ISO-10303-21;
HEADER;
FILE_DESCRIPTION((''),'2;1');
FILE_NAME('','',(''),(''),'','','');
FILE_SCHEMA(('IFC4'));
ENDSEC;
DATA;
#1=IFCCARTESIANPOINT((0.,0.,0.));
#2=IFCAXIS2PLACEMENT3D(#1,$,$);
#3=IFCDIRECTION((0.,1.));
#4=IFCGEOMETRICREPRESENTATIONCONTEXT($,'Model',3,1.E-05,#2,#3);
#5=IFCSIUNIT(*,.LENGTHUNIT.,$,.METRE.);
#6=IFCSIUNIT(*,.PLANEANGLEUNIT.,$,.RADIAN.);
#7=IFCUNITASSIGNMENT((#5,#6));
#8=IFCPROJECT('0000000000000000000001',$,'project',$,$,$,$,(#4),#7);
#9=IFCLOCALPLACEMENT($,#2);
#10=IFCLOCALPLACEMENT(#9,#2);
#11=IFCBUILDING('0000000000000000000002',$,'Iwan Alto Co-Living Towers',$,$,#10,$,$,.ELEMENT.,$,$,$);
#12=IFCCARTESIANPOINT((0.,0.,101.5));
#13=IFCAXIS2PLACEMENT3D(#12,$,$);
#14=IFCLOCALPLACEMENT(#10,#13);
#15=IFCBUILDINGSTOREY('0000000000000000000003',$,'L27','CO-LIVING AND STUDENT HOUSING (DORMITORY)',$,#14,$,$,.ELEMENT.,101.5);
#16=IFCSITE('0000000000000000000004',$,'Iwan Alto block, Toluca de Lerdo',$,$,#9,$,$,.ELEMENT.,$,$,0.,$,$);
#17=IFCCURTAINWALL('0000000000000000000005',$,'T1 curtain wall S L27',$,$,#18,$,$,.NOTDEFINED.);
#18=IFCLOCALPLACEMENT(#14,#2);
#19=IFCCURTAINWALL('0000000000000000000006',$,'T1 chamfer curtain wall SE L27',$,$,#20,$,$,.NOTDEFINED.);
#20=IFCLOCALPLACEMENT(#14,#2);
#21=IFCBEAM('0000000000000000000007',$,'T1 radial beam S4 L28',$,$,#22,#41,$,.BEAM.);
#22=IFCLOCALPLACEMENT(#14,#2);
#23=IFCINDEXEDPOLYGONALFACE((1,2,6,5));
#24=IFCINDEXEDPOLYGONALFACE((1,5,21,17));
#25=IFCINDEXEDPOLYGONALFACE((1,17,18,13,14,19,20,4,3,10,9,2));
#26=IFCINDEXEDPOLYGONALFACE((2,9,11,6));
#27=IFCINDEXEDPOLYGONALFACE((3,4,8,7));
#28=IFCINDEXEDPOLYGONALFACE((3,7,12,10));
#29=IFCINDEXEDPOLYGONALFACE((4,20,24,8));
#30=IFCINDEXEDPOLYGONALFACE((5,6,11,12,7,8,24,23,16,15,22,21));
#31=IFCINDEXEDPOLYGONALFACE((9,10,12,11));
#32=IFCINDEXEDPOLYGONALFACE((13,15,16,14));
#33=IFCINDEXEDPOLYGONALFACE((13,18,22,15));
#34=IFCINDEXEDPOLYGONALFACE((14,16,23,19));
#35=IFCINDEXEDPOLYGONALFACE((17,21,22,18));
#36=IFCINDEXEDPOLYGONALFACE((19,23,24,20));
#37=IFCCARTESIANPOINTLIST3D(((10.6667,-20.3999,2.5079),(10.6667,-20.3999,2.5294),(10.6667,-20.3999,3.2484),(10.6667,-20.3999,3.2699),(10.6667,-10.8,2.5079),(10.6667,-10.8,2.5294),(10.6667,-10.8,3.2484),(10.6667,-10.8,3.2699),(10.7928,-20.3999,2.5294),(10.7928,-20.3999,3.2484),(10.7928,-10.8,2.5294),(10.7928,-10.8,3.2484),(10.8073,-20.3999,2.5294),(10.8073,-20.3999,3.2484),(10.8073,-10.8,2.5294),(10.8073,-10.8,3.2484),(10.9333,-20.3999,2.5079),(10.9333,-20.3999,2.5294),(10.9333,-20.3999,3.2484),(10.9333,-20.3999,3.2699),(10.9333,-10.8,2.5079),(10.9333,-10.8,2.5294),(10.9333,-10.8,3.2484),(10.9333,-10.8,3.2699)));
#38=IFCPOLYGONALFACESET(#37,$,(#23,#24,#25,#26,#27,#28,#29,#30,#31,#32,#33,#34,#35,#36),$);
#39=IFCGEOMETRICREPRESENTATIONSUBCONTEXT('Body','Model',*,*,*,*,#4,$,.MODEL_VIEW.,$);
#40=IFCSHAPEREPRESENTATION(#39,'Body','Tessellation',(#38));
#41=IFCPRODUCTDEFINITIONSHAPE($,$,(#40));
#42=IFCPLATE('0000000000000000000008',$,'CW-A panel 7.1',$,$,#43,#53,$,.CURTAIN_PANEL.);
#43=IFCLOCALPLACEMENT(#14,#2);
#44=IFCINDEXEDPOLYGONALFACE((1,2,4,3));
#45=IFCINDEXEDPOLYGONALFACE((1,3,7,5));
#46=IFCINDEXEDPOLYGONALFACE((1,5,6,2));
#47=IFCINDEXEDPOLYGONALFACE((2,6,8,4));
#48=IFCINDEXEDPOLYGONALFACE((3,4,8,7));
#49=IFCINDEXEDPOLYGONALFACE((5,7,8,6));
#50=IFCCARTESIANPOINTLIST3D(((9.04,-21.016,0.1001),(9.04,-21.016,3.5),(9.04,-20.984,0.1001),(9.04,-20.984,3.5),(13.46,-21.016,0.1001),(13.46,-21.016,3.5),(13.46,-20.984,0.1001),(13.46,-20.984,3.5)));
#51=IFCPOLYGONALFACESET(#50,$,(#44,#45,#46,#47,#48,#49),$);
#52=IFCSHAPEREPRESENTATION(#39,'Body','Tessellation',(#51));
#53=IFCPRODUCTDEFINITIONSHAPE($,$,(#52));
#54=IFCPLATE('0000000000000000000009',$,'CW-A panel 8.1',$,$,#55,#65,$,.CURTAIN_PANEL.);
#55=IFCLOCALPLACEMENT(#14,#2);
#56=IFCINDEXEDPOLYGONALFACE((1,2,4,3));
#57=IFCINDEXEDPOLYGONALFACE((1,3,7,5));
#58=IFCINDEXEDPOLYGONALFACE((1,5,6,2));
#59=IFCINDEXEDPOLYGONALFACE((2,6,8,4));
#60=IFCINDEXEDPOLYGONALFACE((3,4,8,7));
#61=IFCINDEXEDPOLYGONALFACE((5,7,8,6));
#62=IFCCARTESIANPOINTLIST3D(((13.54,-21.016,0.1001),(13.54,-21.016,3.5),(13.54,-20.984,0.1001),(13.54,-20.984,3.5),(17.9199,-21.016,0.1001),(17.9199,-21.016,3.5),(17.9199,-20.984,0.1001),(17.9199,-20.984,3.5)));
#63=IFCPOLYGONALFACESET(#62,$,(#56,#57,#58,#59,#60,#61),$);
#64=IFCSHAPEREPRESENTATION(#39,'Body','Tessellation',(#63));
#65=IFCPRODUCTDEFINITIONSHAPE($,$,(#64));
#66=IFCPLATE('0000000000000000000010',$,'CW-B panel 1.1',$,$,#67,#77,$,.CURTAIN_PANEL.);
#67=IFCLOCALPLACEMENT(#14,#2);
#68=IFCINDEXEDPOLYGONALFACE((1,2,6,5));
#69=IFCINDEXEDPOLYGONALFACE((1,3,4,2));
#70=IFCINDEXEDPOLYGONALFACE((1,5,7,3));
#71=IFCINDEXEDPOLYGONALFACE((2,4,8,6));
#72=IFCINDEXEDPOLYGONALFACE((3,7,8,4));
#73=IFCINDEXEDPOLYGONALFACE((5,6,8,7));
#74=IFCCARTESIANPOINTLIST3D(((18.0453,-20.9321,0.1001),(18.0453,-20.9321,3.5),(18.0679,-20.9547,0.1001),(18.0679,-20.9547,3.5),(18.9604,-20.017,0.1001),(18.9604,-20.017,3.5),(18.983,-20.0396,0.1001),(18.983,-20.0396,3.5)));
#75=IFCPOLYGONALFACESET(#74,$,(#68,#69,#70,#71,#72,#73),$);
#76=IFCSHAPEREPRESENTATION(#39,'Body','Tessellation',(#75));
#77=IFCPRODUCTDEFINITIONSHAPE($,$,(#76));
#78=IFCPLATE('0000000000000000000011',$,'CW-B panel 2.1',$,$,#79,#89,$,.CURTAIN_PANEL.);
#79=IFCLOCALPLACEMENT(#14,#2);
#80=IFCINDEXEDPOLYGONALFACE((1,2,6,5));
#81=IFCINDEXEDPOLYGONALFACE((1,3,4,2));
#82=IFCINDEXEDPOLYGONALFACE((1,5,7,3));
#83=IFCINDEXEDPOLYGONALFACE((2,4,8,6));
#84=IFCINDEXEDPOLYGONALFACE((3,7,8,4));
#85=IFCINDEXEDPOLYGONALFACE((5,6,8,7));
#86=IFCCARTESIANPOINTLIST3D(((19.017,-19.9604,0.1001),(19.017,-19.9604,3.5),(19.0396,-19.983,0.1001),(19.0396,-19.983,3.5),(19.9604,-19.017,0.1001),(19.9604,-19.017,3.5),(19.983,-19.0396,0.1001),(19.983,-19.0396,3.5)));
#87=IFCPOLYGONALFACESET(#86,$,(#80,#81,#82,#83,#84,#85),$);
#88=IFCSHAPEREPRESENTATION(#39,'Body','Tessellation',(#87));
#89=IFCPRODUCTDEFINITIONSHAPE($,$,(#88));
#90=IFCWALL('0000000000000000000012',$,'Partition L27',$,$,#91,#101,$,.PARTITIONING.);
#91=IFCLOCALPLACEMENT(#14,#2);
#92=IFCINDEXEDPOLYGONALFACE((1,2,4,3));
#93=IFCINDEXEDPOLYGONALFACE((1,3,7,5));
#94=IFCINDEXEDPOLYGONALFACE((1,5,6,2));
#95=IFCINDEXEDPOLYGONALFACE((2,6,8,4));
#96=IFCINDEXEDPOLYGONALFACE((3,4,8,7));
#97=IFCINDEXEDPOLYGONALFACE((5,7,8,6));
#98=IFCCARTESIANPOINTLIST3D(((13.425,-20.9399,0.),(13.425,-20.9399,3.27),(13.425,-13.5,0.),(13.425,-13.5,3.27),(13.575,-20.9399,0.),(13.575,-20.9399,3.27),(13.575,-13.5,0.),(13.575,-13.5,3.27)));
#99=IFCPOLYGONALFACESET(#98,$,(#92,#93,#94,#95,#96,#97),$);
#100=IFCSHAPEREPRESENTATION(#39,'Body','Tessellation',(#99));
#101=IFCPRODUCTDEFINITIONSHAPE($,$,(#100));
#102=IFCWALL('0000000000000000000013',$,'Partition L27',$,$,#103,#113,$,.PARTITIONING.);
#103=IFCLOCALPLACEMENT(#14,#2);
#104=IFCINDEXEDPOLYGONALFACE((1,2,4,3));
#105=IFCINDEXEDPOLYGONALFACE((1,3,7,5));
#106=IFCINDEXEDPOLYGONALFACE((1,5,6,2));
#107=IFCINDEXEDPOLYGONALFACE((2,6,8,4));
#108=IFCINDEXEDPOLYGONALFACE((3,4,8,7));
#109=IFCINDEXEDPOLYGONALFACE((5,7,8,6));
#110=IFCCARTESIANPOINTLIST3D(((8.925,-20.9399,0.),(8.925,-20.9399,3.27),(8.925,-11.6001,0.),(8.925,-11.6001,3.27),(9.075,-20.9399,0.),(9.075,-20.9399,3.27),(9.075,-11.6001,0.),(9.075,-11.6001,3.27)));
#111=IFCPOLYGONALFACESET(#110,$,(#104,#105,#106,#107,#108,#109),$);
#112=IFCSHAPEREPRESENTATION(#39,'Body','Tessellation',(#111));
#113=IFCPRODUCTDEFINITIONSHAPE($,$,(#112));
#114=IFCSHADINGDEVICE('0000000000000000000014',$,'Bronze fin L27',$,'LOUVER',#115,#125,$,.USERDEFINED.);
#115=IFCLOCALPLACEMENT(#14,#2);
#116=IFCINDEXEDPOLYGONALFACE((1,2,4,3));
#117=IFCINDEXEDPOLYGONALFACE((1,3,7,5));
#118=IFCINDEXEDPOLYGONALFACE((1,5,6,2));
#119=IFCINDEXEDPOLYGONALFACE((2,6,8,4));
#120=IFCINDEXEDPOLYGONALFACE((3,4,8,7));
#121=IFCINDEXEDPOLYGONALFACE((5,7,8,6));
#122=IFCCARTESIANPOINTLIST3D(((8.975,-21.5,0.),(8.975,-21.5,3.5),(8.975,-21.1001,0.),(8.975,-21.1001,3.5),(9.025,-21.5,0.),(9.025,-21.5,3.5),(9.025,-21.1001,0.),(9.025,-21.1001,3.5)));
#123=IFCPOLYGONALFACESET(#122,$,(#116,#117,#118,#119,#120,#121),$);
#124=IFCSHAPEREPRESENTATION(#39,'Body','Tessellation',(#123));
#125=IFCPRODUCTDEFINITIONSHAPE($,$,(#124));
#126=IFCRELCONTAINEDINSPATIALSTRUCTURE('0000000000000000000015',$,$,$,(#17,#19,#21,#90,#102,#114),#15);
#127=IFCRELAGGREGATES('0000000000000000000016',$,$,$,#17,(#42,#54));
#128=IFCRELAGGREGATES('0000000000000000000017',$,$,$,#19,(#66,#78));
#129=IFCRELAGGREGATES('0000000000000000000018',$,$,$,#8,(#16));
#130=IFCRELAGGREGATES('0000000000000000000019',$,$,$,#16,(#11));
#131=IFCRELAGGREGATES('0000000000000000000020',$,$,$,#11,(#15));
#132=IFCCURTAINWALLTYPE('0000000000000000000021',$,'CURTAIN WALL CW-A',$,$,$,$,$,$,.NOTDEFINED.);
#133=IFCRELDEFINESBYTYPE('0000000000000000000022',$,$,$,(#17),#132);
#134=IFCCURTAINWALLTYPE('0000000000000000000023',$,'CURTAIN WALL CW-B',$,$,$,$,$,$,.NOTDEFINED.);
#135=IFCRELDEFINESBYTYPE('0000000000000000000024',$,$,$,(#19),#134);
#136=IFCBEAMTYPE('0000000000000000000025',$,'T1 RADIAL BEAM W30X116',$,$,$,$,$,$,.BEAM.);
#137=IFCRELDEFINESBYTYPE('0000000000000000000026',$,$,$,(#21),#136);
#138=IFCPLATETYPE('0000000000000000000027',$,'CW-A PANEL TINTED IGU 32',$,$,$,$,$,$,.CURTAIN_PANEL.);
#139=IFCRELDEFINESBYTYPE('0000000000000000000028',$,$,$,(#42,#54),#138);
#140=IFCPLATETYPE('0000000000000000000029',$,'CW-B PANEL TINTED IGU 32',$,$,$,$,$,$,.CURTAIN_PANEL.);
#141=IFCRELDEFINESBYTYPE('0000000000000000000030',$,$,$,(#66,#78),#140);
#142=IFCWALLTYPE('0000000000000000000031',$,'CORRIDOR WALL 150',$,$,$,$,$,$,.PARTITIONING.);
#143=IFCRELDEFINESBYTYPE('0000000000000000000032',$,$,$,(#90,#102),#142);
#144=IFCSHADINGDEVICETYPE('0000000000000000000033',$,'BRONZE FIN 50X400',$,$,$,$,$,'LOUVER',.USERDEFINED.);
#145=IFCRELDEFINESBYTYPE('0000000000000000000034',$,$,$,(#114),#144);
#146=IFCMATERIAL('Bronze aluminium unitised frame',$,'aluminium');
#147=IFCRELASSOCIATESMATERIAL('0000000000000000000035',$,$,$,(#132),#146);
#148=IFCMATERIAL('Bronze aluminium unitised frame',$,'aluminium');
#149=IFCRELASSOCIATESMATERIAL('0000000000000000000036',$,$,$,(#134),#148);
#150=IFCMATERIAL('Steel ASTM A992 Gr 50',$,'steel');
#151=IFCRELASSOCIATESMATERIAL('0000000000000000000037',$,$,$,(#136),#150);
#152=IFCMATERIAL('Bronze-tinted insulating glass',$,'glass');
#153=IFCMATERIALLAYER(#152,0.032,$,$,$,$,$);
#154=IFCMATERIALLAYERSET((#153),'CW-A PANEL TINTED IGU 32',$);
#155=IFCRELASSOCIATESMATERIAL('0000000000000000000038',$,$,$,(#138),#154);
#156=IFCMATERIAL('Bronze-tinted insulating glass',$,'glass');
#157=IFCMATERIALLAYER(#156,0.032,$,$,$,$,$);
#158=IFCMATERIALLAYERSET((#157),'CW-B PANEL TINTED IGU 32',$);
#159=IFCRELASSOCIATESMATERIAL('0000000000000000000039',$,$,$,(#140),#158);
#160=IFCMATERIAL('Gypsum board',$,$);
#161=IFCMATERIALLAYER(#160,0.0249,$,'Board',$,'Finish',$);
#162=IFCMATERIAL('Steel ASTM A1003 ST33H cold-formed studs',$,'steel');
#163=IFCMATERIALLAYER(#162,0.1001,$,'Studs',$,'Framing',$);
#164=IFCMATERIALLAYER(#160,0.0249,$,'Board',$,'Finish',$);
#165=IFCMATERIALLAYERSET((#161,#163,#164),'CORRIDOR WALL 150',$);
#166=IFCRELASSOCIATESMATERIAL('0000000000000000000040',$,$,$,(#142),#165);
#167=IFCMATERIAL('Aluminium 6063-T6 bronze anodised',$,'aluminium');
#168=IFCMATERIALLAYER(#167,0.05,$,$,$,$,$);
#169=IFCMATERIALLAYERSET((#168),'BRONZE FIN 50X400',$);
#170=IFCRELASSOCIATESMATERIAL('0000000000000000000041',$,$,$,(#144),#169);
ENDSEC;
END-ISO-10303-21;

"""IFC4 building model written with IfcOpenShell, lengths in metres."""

from ifc_helpers import new_model, si_unit, direction, frame, frame_2d, origin, origin_2d, place, context, subcontext, project, spatial, rectangle, i_section, extrude, material, layer, layer_set, material_profile, profile_set, type_object, element, aggregate, save


model = new_model("IFC4")

# Units and contexts
model_context = context("Model", 3, precision=1e-05, world=origin(), true_north=direction((0.0, 1.0)))
body_context = subcontext(model_context, "Body", "Model", "MODEL_VIEW")
ifc_project = project(units=[si_unit("LENGTHUNIT", "METRE"), si_unit("PLANEANGLEUNIT", "RADIAN")], contexts=[model_context])

# Site, building, storey
site_placement = place(None, origin())
site = spatial("IfcSite", under=ifc_project, at=site_placement, Name="Iwan Alto block, Toluca de Lerdo", CompositionType="ELEMENT", RefElevation=0.0)
building_placement = place(site_placement, origin())
building = spatial("IfcBuilding", under=site, at=building_placement, Name="Iwan Alto Co-Living Towers", CompositionType="ELEMENT")
storey_placement = place(building_placement, frame((0.0, 0.0, 101.5)))
storey = spatial("IfcBuildingStorey", under=building, at=storey_placement, Name="L27", Description="CO-LIVING AND STUDENT HOUSING (DORMITORY)", CompositionType="ELEMENT", Elevation=101.5)

# Curtain walls
ifc_material_1 = material(Name="Bronze aluminium unitised frame", Category="aluminium")
curtain_wall_type_1 = type_object("IfcCurtainWallType", Name="CURTAIN WALL CW-A", PredefinedType="NOTDEFINED", material=ifc_material_1)
curtain_wall_1_placement = place(storey_placement, origin())
curtain_wall_1 = element("IfcCurtainWall", 1, at=curtain_wall_1_placement, inside=storey, type_object=curtain_wall_type_1, Name="T1 curtain wall S L27", PredefinedType="NOTDEFINED")
ifc_material_2 = material(Name="Bronze aluminium unitised frame", Category="aluminium")
curtain_wall_type_2 = type_object("IfcCurtainWallType", Name="CURTAIN WALL CW-B", PredefinedType="NOTDEFINED", material=ifc_material_2)
curtain_wall_2_placement = place(storey_placement, origin())
curtain_wall_2 = element("IfcCurtainWall", 2, at=curtain_wall_2_placement, inside=storey, type_object=curtain_wall_type_2, Name="T1 chamfer curtain wall SE L27", PredefinedType="NOTDEFINED")

# Beam
ifc_material_3 = material(Name="Steel ASTM A992 Gr 50", Category="steel")
ifc_material_profile_1 = material_profile(ifc_material_3, i_section(OverallWidth=0.2666, OverallDepth=0.762, WebThickness=0.0144, FlangeThickness=0.0215, at=origin_2d()), Name="W30X116")
ifc_profile_set_1 = profile_set([ifc_material_profile_1], Name="Steel ASTM A992 Gr 50")
beam_type_1 = type_object("IfcBeamType", Name="T1 RADIAL BEAM W30X116", PredefinedType="BEAM", material=ifc_profile_set_1)
beam_1_placement = place(storey_placement, frame((10.8, -20.3999, 2.8889), z_axis=(0.0, 1.0, 0.0), x_axis=(-1.0, 0.0, 0.0)))
element("IfcBeam", 3, at=beam_1_placement, inside=storey, type_object=beam_type_1, Name="T1 radial beam S4 L28", PredefinedType="BEAM", context=body_context, shape_type="SweptSolid", body=[
    extrude(i_section(OverallWidth=0.2666, OverallDepth=0.762, WebThickness=0.0144, FlangeThickness=0.0215, at=origin_2d()), origin(), (0.0, 0.0, 1.0), 9.5999),
])

# Plates
ifc_material_4 = material(Name="Bronze-tinted insulating glass", Category="glass")
ifc_layer_1 = layer(ifc_material_4, 0.032)
ifc_layer_set_1 = layer_set([ifc_layer_1], Name="CW-A PANEL TINTED IGU 32")
plate_type_1 = type_object("IfcPlateType", Name="CW-A PANEL TINTED IGU 32", PredefinedType="CURTAIN_PANEL", material=ifc_layer_set_1)
plate_1_placement = place(storey_placement, frame((11.25, -21.0, 0.1001), z_axis=(0.0, 0.0, 1.0), x_axis=(1.0, 0.0, 0.0)))
plate_1 = element("IfcPlate", 4, at=plate_1_placement, type_object=plate_type_1, Name="CW-A panel 7.1", PredefinedType="CURTAIN_PANEL", context=body_context, shape_type="SweptSolid", body=[
    extrude(rectangle(XDim=4.4199, YDim=0.032, at=origin_2d()), origin(), (0.0, 0.0, 1.0), 3.3999),
])
plate_2_placement = place(storey_placement, frame((15.73, -21.0, 0.1001), z_axis=(0.0, 0.0, 1.0), x_axis=(1.0, 0.0, 0.0)))
plate_2 = element("IfcPlate", 5, at=plate_2_placement, type_object=plate_type_1, Name="CW-A panel 8.1", PredefinedType="CURTAIN_PANEL", context=body_context, shape_type="SweptSolid", body=[
    extrude(rectangle(XDim=4.3799, YDim=0.032, at=origin_2d()), origin(), (0.0, 0.0, 1.0), 3.3999),
])
aggregate(curtain_wall_1, [plate_1, plate_2])
ifc_material_5 = material(Name="Bronze-tinted insulating glass", Category="glass")
ifc_layer_2 = layer(ifc_material_5, 0.032)
ifc_layer_set_2 = layer_set([ifc_layer_2], Name="CW-B PANEL TINTED IGU 32")
plate_type_2 = type_object("IfcPlateType", Name="CW-B PANEL TINTED IGU 32", PredefinedType="CURTAIN_PANEL", material=ifc_layer_set_2)
plate_3_placement = place(storey_placement, frame((18.5142, -20.4858, 0.1001), z_axis=(0.0, 0.0, 1.0), x_axis=(0.707107, 0.707107, 0.0)))
plate_3 = element("IfcPlate", 6, at=plate_3_placement, type_object=plate_type_2, Name="CW-B panel 1.1", PredefinedType="CURTAIN_PANEL", context=body_context, shape_type="SweptSolid", body=[
    extrude(rectangle(XDim=1.2942, YDim=0.032, at=origin_2d()), origin(), (0.0, 0.0, 1.0), 3.3999),
])
plate_4_placement = place(storey_placement, frame((19.5, -19.5, 0.1001), z_axis=(0.0, 0.0, 1.0), x_axis=(0.707107, 0.707107, 0.0)))
plate_4 = element("IfcPlate", 7, at=plate_4_placement, type_object=plate_type_2, Name="CW-B panel 2.1", PredefinedType="CURTAIN_PANEL", context=body_context, shape_type="SweptSolid", body=[
    extrude(rectangle(XDim=1.3342, YDim=0.032, at=origin_2d()), origin(), (0.0, 0.0, 1.0), 3.3999),
])
aggregate(curtain_wall_2, [plate_3, plate_4])

# Walls
ifc_material_6 = material(Name="Gypsum board")
ifc_layer_3 = layer(ifc_material_6, 0.0249, Name="Board", Category="Finish")
ifc_material_7 = material(Name="Steel ASTM A1003 ST33H cold-formed studs", Category="steel")
ifc_layer_4 = layer(ifc_material_7, 0.1001, Name="Studs", Category="Framing")
ifc_layer_5 = layer(ifc_material_6, 0.0249, Name="Board", Category="Finish")
ifc_layer_set_3 = layer_set([ifc_layer_3, ifc_layer_4, ifc_layer_5], Name="CORRIDOR WALL 150")
wall_type = type_object("IfcWallType", Name="CORRIDOR WALL 150", PredefinedType="PARTITIONING", material=ifc_layer_set_3)
wall_1_placement = place(storey_placement, frame((13.5, -20.9399, 0.0), z_axis=(0.0, 0.0, 1.0), x_axis=(0.0, 1.0, 0.0)))
element("IfcWall", 8, at=wall_1_placement, inside=storey, type_object=wall_type, Name="Partition L27", PredefinedType="PARTITIONING", context=body_context, shape_type="SweptSolid", body=[
    extrude(rectangle(XDim=7.4399, YDim=0.1499, at=frame_2d((3.72, 0.0))), origin(), (0.0, 0.0, 1.0), 3.27),
])
wall_2_placement = place(storey_placement, frame((9.0, -20.9399, 0.0), z_axis=(0.0, 0.0, 1.0), x_axis=(0.0, 1.0, 0.0)))
element("IfcWall", 9, at=wall_2_placement, inside=storey, type_object=wall_type, Name="Partition L27", PredefinedType="PARTITIONING", context=body_context, shape_type="SweptSolid", body=[
    extrude(rectangle(XDim=9.3398, YDim=0.1499, at=frame_2d((4.6699, 0.0))), origin(), (0.0, 0.0, 1.0), 3.27),
])

# Shading device
ifc_material_8 = material(Name="Aluminium 6063-T6 bronze anodised", Category="aluminium")
ifc_layer_6 = layer(ifc_material_8, 0.05)
ifc_layer_set_4 = layer_set([ifc_layer_6], Name="BRONZE FIN 50X400")
shading_device_type = type_object("IfcShadingDeviceType", Name="BRONZE FIN 50X400", ElementType="LOUVER", PredefinedType="USERDEFINED", material=ifc_layer_set_4)
shading_device_placement = place(storey_placement, frame((9.0, -21.3, 0.0), z_axis=(0.0, 0.0, 1.0), x_axis=(1.0, 0.0, 0.0)))
element("IfcShadingDevice", 10, at=shading_device_placement, inside=storey, type_object=shading_device_type, Name="Bronze fin L27", ObjectType="LOUVER", PredefinedType="USERDEFINED", context=body_context, shape_type="SweptSolid", body=[
    extrude(rectangle(XDim=0.05, YDim=0.3999, at=origin_2d()), origin(), (0.0, 0.0, 1.0), 3.5),
])

save(model, "model.ifc")
